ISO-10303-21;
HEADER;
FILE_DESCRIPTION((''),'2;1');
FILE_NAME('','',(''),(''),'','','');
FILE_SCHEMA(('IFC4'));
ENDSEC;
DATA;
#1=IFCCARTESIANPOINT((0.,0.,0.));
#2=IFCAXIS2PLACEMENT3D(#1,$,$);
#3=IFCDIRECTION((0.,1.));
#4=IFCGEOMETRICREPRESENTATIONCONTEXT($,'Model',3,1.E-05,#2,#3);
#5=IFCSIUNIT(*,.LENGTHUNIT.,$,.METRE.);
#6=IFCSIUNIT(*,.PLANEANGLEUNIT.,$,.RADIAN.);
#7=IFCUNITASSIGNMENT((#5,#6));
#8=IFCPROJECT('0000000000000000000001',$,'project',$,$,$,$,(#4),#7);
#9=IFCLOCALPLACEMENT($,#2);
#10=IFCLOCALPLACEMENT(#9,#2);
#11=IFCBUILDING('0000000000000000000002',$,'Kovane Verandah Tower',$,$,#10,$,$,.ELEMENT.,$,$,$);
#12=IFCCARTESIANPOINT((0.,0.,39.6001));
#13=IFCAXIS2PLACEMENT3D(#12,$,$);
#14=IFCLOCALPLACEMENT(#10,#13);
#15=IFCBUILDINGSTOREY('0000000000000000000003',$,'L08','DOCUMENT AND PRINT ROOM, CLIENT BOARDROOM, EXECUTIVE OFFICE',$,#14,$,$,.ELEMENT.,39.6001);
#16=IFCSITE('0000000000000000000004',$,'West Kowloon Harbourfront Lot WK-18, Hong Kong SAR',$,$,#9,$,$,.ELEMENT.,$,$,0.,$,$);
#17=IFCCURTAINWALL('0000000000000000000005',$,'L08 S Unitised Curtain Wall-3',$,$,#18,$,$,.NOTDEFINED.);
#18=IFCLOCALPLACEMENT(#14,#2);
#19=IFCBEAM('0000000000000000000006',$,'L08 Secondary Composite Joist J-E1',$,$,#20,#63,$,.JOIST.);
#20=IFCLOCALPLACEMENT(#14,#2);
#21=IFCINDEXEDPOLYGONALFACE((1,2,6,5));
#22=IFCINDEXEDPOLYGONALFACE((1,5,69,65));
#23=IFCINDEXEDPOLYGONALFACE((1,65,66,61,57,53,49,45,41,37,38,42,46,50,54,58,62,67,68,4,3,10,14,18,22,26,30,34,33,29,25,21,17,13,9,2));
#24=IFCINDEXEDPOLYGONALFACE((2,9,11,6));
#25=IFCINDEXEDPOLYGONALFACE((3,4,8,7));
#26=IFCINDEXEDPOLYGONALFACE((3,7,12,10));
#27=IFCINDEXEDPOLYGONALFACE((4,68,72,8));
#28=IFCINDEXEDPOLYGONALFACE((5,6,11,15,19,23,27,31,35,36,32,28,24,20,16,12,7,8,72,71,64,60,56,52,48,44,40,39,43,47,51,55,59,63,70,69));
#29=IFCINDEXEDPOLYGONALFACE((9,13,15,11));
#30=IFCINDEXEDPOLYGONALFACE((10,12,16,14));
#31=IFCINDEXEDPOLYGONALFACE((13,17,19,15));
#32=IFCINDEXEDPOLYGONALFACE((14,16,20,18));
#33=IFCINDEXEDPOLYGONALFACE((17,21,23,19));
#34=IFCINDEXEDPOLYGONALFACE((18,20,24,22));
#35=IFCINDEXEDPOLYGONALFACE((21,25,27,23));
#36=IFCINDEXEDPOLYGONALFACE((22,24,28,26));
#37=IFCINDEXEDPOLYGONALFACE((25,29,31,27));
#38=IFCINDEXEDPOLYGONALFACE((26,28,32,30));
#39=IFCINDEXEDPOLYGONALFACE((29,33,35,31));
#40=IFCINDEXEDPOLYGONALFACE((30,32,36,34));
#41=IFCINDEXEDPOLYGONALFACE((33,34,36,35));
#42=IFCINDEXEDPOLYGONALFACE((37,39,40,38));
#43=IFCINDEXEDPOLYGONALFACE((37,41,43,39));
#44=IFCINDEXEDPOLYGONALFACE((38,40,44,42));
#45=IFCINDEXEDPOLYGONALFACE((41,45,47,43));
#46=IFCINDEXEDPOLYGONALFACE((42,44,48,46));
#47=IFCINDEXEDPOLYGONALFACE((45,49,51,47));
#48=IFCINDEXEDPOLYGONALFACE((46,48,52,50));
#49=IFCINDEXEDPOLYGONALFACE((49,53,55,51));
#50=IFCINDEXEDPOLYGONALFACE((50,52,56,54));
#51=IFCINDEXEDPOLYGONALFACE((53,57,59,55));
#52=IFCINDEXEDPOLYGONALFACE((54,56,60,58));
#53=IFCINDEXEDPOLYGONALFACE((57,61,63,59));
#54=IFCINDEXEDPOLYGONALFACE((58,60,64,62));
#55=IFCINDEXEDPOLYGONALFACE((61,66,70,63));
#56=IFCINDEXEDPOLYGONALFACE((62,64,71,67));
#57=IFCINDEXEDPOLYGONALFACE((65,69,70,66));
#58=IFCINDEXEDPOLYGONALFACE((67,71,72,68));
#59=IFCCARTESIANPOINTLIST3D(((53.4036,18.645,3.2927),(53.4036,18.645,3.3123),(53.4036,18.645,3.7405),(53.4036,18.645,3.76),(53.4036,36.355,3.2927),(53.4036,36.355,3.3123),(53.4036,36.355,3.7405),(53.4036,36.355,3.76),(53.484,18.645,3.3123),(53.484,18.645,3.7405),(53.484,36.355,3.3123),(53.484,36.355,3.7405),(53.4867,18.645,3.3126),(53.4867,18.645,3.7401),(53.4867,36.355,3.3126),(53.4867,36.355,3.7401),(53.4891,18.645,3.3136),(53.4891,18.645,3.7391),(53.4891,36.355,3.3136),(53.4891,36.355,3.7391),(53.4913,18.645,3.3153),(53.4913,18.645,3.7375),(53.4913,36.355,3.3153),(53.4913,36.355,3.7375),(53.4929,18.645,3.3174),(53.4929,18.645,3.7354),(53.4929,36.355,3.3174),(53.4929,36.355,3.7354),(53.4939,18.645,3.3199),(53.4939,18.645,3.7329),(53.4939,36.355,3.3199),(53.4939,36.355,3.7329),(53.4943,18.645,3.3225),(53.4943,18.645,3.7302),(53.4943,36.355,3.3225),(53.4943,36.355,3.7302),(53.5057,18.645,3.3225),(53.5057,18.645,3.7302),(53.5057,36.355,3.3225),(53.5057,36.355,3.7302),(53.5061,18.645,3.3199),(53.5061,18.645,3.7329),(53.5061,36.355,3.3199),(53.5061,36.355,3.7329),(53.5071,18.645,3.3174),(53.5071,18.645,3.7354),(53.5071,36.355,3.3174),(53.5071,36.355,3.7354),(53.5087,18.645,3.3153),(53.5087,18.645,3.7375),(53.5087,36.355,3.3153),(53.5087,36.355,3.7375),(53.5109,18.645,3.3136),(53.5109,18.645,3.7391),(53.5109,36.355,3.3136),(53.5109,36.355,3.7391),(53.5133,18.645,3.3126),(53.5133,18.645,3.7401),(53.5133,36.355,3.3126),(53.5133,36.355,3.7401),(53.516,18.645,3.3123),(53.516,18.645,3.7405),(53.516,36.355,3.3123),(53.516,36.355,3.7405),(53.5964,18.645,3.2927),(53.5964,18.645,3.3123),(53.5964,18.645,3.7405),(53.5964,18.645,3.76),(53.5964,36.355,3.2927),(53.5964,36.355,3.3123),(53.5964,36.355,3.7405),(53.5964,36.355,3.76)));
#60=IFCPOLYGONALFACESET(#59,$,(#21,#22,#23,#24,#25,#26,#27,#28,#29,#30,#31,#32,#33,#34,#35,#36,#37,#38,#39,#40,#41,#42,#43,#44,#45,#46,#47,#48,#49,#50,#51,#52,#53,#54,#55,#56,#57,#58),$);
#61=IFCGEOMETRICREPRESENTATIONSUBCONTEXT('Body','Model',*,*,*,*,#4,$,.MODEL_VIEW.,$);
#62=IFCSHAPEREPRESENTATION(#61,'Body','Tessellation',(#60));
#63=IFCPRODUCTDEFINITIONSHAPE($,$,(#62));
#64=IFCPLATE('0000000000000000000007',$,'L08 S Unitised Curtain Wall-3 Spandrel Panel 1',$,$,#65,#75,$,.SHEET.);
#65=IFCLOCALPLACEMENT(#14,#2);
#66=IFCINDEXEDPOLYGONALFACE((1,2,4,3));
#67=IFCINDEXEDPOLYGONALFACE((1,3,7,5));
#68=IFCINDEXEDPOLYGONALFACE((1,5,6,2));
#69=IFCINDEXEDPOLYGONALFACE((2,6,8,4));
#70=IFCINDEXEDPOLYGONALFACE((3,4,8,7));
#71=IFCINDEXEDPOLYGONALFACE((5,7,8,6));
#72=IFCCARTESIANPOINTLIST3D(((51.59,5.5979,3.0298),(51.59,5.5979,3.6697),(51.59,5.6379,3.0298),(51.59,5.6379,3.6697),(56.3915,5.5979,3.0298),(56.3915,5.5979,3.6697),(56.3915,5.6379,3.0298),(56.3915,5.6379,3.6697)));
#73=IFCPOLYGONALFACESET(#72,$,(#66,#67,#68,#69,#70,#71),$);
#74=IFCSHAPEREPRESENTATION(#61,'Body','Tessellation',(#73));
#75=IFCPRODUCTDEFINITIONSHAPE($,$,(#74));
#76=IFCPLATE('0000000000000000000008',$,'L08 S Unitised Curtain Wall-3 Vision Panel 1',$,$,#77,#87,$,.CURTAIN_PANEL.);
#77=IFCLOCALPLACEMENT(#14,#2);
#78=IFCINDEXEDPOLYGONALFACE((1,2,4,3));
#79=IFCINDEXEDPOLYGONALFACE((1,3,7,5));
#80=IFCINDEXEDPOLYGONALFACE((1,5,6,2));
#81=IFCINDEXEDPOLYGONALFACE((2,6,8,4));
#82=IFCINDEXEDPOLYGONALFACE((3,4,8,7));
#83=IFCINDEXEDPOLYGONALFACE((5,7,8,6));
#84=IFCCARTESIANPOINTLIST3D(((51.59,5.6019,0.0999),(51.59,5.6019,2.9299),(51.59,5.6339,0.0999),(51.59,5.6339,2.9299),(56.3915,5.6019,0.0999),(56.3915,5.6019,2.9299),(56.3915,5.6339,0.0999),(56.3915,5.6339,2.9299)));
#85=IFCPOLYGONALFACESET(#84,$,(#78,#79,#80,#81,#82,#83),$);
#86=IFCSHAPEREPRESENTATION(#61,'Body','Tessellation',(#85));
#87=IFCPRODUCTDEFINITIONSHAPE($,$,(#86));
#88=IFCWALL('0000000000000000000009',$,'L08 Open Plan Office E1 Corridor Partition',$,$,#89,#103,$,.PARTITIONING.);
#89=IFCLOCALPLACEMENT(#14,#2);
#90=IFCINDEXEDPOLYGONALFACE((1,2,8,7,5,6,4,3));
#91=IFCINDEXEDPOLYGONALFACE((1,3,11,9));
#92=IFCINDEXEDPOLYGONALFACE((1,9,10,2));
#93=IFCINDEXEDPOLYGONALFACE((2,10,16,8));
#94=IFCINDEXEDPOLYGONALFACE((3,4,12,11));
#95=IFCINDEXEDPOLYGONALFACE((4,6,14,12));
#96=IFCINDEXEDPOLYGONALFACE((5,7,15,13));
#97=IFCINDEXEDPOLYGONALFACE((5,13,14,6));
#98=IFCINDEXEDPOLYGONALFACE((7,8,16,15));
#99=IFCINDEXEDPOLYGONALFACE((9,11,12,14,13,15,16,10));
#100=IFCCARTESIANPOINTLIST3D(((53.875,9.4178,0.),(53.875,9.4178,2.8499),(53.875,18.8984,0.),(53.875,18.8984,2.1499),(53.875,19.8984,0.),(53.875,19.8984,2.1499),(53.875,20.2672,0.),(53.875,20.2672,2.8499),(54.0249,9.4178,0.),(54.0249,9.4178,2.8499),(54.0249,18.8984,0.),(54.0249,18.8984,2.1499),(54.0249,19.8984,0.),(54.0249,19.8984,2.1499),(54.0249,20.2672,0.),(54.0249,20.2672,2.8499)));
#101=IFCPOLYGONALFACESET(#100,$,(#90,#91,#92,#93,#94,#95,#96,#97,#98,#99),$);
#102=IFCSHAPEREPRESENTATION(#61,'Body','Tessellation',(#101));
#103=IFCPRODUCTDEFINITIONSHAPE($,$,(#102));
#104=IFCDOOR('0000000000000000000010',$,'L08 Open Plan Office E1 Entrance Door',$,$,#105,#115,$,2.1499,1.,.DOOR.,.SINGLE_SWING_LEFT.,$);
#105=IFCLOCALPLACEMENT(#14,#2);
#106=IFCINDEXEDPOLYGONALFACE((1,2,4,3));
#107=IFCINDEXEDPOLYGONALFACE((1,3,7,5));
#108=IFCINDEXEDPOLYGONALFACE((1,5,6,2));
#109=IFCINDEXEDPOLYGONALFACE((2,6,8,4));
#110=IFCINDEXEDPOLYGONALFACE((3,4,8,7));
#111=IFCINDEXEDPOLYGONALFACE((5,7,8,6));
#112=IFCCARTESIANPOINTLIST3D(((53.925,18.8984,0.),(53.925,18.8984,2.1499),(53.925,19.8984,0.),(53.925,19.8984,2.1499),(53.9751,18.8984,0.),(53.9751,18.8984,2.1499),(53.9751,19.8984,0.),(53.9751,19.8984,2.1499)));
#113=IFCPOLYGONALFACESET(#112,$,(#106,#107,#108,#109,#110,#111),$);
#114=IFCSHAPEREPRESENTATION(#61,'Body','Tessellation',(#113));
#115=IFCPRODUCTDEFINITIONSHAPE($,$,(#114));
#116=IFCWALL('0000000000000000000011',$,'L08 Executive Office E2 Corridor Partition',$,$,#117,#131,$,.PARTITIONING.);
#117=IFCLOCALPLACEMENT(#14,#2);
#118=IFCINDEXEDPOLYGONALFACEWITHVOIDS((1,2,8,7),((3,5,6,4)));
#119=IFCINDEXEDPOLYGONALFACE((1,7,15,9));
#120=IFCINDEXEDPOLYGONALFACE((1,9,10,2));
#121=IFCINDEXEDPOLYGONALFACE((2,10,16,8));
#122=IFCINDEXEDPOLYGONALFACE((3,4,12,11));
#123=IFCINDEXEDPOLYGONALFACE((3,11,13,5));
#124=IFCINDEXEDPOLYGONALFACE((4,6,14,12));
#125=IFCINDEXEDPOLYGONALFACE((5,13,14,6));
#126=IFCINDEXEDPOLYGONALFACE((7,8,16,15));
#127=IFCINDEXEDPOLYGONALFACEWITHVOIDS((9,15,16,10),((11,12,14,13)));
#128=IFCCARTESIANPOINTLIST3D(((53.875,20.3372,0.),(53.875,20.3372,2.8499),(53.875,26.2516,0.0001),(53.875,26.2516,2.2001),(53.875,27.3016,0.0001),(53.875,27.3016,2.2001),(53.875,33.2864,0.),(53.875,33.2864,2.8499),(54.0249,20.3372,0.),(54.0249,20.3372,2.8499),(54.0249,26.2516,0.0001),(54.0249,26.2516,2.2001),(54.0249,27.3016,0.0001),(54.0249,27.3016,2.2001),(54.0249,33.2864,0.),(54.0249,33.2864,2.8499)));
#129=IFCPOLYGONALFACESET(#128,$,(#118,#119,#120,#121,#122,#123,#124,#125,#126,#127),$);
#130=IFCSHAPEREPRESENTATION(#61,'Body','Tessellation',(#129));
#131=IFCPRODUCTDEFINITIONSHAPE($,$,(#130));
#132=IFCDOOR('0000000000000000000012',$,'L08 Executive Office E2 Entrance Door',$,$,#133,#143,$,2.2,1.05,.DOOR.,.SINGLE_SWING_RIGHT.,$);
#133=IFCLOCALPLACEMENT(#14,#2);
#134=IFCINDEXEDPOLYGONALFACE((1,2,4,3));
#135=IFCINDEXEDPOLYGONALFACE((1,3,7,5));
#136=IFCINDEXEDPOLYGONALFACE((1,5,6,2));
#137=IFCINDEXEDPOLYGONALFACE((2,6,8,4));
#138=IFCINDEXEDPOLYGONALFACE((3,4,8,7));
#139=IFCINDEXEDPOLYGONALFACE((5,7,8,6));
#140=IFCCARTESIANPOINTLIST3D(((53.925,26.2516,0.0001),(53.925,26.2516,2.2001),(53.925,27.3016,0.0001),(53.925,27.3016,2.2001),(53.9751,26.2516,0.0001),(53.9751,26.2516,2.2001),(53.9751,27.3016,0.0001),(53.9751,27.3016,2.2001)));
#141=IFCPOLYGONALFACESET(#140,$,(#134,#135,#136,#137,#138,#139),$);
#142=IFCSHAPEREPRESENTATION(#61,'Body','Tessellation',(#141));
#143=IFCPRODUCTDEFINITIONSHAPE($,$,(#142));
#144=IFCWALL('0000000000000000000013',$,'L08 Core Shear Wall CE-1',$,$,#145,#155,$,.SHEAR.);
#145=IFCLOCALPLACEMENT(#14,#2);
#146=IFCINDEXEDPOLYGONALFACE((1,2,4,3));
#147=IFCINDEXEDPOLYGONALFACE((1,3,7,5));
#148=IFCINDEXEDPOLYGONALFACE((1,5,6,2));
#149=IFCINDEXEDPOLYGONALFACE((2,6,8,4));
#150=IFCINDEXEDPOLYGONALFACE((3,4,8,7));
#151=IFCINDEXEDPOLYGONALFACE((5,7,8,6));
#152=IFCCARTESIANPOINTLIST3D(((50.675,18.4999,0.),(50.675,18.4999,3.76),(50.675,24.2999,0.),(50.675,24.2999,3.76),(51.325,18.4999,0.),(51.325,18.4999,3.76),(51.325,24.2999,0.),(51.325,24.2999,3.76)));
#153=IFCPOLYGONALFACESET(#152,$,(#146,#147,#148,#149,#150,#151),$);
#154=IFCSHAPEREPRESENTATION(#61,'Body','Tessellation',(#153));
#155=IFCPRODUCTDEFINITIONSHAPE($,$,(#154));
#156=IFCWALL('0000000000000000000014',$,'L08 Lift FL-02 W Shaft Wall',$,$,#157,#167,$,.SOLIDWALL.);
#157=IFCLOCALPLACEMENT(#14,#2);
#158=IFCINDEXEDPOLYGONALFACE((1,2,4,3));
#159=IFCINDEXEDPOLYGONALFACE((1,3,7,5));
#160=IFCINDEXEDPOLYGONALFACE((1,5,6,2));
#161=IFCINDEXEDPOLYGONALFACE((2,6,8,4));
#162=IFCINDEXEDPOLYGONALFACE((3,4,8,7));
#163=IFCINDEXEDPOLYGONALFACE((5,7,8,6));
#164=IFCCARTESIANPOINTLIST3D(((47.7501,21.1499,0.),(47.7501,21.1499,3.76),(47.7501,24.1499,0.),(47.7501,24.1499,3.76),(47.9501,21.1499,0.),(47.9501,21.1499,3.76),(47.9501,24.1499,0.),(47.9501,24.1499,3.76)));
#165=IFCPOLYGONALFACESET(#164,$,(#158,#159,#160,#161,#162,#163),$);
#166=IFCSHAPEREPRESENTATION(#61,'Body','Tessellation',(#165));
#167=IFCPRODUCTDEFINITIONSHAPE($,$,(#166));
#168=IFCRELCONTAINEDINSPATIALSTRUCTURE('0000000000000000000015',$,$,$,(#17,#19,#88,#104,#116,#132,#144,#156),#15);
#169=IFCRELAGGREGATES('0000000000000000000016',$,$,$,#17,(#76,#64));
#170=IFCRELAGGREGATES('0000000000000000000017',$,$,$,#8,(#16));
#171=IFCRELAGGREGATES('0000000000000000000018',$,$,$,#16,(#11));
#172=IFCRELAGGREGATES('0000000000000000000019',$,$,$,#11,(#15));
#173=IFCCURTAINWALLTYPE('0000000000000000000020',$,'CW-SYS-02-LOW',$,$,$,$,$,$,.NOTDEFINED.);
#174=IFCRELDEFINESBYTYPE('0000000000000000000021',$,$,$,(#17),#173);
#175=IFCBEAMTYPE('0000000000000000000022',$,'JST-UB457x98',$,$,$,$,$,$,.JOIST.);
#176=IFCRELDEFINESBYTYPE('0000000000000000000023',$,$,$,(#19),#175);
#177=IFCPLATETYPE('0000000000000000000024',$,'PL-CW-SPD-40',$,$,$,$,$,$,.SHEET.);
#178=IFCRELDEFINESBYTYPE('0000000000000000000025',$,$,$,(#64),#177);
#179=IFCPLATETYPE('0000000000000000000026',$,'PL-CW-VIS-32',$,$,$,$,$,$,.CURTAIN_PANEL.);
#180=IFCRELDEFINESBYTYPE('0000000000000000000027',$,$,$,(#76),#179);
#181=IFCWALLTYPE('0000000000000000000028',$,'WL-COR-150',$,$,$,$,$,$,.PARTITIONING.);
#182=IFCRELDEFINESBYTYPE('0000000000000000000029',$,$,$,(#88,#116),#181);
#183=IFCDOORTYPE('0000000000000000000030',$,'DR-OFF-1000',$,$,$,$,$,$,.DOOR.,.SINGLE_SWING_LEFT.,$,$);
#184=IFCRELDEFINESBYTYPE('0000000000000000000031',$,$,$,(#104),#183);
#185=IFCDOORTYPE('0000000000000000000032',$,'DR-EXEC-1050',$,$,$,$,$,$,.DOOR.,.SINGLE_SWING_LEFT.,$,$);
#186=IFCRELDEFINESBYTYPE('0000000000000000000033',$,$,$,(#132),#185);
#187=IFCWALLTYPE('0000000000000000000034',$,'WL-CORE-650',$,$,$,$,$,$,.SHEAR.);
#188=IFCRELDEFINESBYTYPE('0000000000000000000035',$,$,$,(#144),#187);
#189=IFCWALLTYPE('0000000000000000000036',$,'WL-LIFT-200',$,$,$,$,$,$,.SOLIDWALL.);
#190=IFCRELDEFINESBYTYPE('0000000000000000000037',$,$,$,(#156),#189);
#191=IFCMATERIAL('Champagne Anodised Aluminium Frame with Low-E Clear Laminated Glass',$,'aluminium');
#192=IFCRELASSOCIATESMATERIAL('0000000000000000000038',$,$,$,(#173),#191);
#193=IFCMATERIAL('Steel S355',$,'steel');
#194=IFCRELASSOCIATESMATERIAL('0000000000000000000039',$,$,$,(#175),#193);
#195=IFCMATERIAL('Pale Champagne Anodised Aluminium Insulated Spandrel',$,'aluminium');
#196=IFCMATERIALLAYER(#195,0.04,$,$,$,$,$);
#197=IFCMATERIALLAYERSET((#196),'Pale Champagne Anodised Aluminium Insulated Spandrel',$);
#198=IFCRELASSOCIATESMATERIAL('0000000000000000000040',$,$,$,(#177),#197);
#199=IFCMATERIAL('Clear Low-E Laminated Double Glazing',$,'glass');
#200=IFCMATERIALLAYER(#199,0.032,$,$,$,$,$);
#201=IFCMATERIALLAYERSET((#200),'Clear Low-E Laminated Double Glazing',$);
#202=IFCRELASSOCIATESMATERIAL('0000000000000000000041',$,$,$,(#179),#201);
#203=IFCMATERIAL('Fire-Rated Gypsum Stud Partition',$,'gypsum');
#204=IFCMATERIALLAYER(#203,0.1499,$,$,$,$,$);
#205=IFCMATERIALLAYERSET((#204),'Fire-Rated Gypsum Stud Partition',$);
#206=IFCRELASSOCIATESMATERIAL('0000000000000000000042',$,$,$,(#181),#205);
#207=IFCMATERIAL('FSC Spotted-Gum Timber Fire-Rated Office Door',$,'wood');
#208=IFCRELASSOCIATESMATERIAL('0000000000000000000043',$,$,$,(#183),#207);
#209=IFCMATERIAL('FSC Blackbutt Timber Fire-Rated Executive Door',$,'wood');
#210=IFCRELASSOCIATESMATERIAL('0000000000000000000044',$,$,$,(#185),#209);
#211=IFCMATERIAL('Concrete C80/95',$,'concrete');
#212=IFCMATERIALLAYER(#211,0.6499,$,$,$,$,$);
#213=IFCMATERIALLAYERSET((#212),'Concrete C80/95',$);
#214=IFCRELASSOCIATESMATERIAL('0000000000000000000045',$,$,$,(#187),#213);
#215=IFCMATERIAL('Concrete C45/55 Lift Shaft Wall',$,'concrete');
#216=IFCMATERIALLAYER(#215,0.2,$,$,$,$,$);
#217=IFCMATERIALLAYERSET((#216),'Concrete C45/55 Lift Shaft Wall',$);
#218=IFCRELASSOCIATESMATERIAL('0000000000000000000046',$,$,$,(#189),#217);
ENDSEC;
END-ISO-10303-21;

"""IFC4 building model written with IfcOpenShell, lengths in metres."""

from ifc_helpers import new_model, si_unit, direction, frame, frame_2d, origin, origin_2d, place, context, subcontext, project, spatial, rectangle, i_section, extrude, material, layer, layer_set, material_profile, profile_set, type_object, element, fill, aggregate, save


model = new_model("IFC4")

# Units and contexts
model_context = context("Model", 3, precision=1e-05, world=origin(), true_north=direction((0.0, 1.0)))
body_context = subcontext(model_context, "Body", "Model", "MODEL_VIEW")
ifc_project = project(units=[si_unit("LENGTHUNIT", "METRE"), si_unit("PLANEANGLEUNIT", "RADIAN")], contexts=[model_context])

# Site, building, storey
site_placement = place(None, origin())
site = spatial("IfcSite", under=ifc_project, at=site_placement, Name="West Kowloon Harbourfront Lot WK-18, Hong Kong SAR", CompositionType="ELEMENT", RefElevation=0.0)
building_placement = place(site_placement, origin())
building = spatial("IfcBuilding", under=site, at=building_placement, Name="Kovane Verandah Tower", CompositionType="ELEMENT")
storey_placement = place(building_placement, frame((0.0, 0.0, 39.6001)))
storey = spatial("IfcBuildingStorey", under=building, at=storey_placement, Name="L08", Description="DOCUMENT AND PRINT ROOM, CLIENT BOARDROOM, EXECUTIVE OFFICE", CompositionType="ELEMENT", Elevation=39.6001)

# Shared definitions
ifc_material_1 = material(Name="Concrete C80/95", Category="concrete")

# Shared definitions
ifc_material_2 = material(Name="Steel S355", Category="steel")

# Shared definitions
ifc_material_3 = material(Name="Champagne Anodised Aluminium Frame with Low-E Clear Laminated Glass", Category="aluminium")
curtain_wall_type = type_object("IfcCurtainWallType", Name="CW-SYS-02-LOW", PredefinedType="NOTDEFINED", material=ifc_material_3)

# Curtain wall
curtain_wall_1_placement = place(storey_placement, origin())
curtain_wall_1 = element("IfcCurtainWall", 1, at=curtain_wall_1_placement, inside=storey, type_object=curtain_wall_type, Name="L08 S Unitised Curtain Wall-3", PredefinedType="NOTDEFINED")

# Beam
ifc_material_profile_1 = material_profile(ifc_material_2, i_section(OverallWidth=0.1929, OverallDepth=0.4673, WebThickness=0.0115, FlangeThickness=0.0195, FilletRadius=0.0103, at=origin_2d()), Name="UB457x191x98")
ifc_profile_set_1 = profile_set([ifc_material_profile_1], Name="Steel S355")
beam_type_1 = type_object("IfcBeamType", Name="JST-UB457x98", PredefinedType="JOIST", material=ifc_profile_set_1)
beam_1_placement = place(storey_placement, frame((53.5, 18.645, 3.5264), z_axis=(0.0, 1.0, 0.0), x_axis=(-1.0, 0.0, 0.0)))
element("IfcBeam", 2, at=beam_1_placement, inside=storey, type_object=beam_type_1, Name="L08 Secondary Composite Joist J-E1", PredefinedType="JOIST", context=body_context, shape_type="SweptSolid", body=[
    extrude(i_section(OverallWidth=0.1929, OverallDepth=0.4673, WebThickness=0.0115, FlangeThickness=0.0195, FilletRadius=0.0103, at=origin_2d()), origin(), (0.0, 0.0, 1.0), 17.71),
])

# Plates
ifc_material_4 = material(Name="Pale Champagne Anodised Aluminium Insulated Spandrel", Category="aluminium")
ifc_layer_1 = layer(ifc_material_4, 0.04)
ifc_layer_set_1 = layer_set([ifc_layer_1], Name="Pale Champagne Anodised Aluminium Insulated Spandrel")
plate_type_1 = type_object("IfcPlateType", Name="PL-CW-SPD-40", PredefinedType="SHEET", material=ifc_layer_set_1)
plate_1_placement = place(storey_placement, frame((53.9907, 5.6179, 3.0298), z_axis=(0.0, 0.0, 1.0), x_axis=(1.0, 0.0, 0.0)))
plate_1 = element("IfcPlate", 3, at=plate_1_placement, type_object=plate_type_1, Name="L08 S Unitised Curtain Wall-3 Spandrel Panel 1", PredefinedType="SHEET", context=body_context, shape_type="SweptSolid", body=[
    extrude(rectangle(XDim=4.8015, YDim=0.04, at=origin_2d()), origin(), (0.0, 0.0, 1.0), 0.6399),
])
ifc_material_5 = material(Name="Clear Low-E Laminated Double Glazing", Category="glass")
ifc_layer_2 = layer(ifc_material_5, 0.032)
ifc_layer_set_2 = layer_set([ifc_layer_2], Name="Clear Low-E Laminated Double Glazing")
plate_type_2 = type_object("IfcPlateType", Name="PL-CW-VIS-32", PredefinedType="CURTAIN_PANEL", material=ifc_layer_set_2)
plate_2_placement = place(storey_placement, frame((53.9907, 5.6179, 0.0999), z_axis=(0.0, 0.0, 1.0), x_axis=(1.0, 0.0, 0.0)))
plate_2 = element("IfcPlate", 4, at=plate_2_placement, type_object=plate_type_2, Name="L08 S Unitised Curtain Wall-3 Vision Panel 1", PredefinedType="CURTAIN_PANEL", context=body_context, shape_type="SweptSolid", body=[
    extrude(rectangle(XDim=4.8015, YDim=0.032, at=origin_2d()), origin(), (0.0, 0.0, 1.0), 2.8301),
])
aggregate(curtain_wall_1, [plate_2, plate_1])

# Walls, openings, doors
ifc_material_6 = material(Name="Fire-Rated Gypsum Stud Partition", Category="gypsum")
ifc_layer_3 = layer(ifc_material_6, 0.1499)
ifc_layer_set_3 = layer_set([ifc_layer_3], Name="Fire-Rated Gypsum Stud Partition")
wall_type_1 = type_object("IfcWallType", Name="WL-COR-150", PredefinedType="PARTITIONING", material=ifc_layer_set_3)
wall_1_placement = place(storey_placement, frame((53.95, 9.4177, 0.0), z_axis=(0.0, 0.0, 1.0), x_axis=(0.0, 1.0, 0.0)))
wall_1 = element("IfcWall", 5, at=wall_1_placement, inside=storey, type_object=wall_type_1, Name="L08 Open Plan Office E1 Corridor Partition", PredefinedType="PARTITIONING", context=body_context, shape_type="SweptSolid", body=[
    extrude(rectangle(XDim=10.8494, YDim=0.1499, at=frame_2d((5.4248, 0.0))), origin(), (0.0, 0.0, 1.0), 2.8499),
])
opening_1_placement = place(wall_1_placement, frame((9.4807, 0.0, 0.0)))
opening_1 = element("IfcOpeningElement", 6, at=opening_1_placement, cuts=wall_1, PredefinedType="OPENING", context=body_context, shape_type="SweptSolid", body=[
    extrude(rectangle(XDim=1.0, YDim=2.1499, at=frame_2d((0.5, 1.075))), frame((0.0, 0.075, 0.0), z_axis=(0.0, -1.0, 0.0), x_axis=(1.0, 0.0, 0.0)), (0.0, 0.0, 1.0), 0.1499),
])
ifc_material_7 = material(Name="FSC Spotted-Gum Timber Fire-Rated Office Door", Category="wood")
door_type_1 = type_object("IfcDoorType", Name="DR-OFF-1000", OperationType="SINGLE_SWING_LEFT", PredefinedType="DOOR", material=ifc_material_7)
door_1_placement = place(opening_1_placement, origin())
door_1 = element("IfcDoor", 7, at=door_1_placement, inside=storey, type_object=door_type_1, Name="L08 Open Plan Office E1 Entrance Door", OperationType="SINGLE_SWING_LEFT", OverallHeight=2.1499, OverallWidth=1.0, PredefinedType="DOOR", context=body_context, shape_type="SweptSolid", body=[
    extrude(rectangle(XDim=1.0, YDim=2.1499, at=frame_2d((0.5, 1.075))), frame((0.0, 0.0249, 0.0), z_axis=(0.0, -1.0, 0.0), x_axis=(1.0, 0.0, 0.0)), (0.0, 0.0, 1.0), 0.05),
])
fill(opening_1, door_1)
wall_2_placement = place(storey_placement, frame((53.95, 20.3372, 0.0), z_axis=(0.0, 0.0, 1.0), x_axis=(0.0, 1.0, 0.0)))
wall_2 = element("IfcWall", 8, at=wall_2_placement, inside=storey, type_object=wall_type_1, Name="L08 Executive Office E2 Corridor Partition", PredefinedType="PARTITIONING", context=body_context, shape_type="SweptSolid", body=[
    extrude(rectangle(XDim=12.9492, YDim=0.1499, at=frame_2d((6.4746, 0.0))), origin(), (0.0, 0.0, 1.0), 2.8499),
])
opening_2_placement = place(wall_2_placement, frame((5.9146, 0.0, 0.0)))
opening_2 = element("IfcOpeningElement", 9, at=opening_2_placement, cuts=wall_2, PredefinedType="OPENING", context=body_context, shape_type="SweptSolid", body=[
    extrude(rectangle(XDim=1.05, YDim=2.2, at=frame_2d((0.5249, 1.1001))), frame((0.0, 0.075, 0.0), z_axis=(0.0, -1.0, 0.0), x_axis=(1.0, 0.0, 0.0)), (0.0, 0.0, 1.0), 0.1499),
])
ifc_material_8 = material(Name="FSC Blackbutt Timber Fire-Rated Executive Door", Category="wood")
door_type_2 = type_object("IfcDoorType", Name="DR-EXEC-1050", OperationType="SINGLE_SWING_LEFT", PredefinedType="DOOR", material=ifc_material_8)
door_2_placement = place(opening_2_placement, origin())
door_2 = element("IfcDoor", 10, at=door_2_placement, inside=storey, type_object=door_type_2, Name="L08 Executive Office E2 Entrance Door", OperationType="SINGLE_SWING_RIGHT", OverallHeight=2.2, OverallWidth=1.05, PredefinedType="DOOR", context=body_context, shape_type="SweptSolid", body=[
    extrude(rectangle(XDim=1.05, YDim=2.2, at=frame_2d((0.5249, 1.1001))), frame((0.0, 0.0249, 0.0), z_axis=(0.0, -1.0, 0.0), x_axis=(1.0, 0.0, 0.0)), (0.0, 0.0, 1.0), 0.05),
])
fill(opening_2, door_2)

# Wall
ifc_layer_4 = layer(ifc_material_1, 0.6499)
ifc_layer_set_4 = layer_set([ifc_layer_4], Name="Concrete C80/95")
wall_type_2 = type_object("IfcWallType", Name="WL-CORE-650", PredefinedType="SHEAR", material=ifc_layer_set_4)
wall_3_placement = place(storey_placement, frame((51.0, 18.5, 0.0), z_axis=(0.0, 0.0, 1.0), x_axis=(0.0, 1.0, 0.0)))
element("IfcWall", 11, at=wall_3_placement, inside=storey, type_object=wall_type_2, Name="L08 Core Shear Wall CE-1", PredefinedType="SHEAR", context=body_context, shape_type="SweptSolid", body=[
    extrude(rectangle(XDim=5.8, YDim=0.6499, at=frame_2d((2.8999, 0.0))), origin(), (0.0, 0.0, 1.0), 3.76),
])

# Shared definitions
ifc_material_9 = material(Name="Concrete C45/55 Lift Shaft Wall", Category="concrete")
ifc_layer_5 = layer(ifc_material_9, 0.2)
ifc_layer_set_5 = layer_set([ifc_layer_5], Name="Concrete C45/55 Lift Shaft Wall")
wall_type_3 = type_object("IfcWallType", Name="WL-LIFT-200", PredefinedType="SOLIDWALL", material=ifc_layer_set_5)

# Wall
wall_4_placement = place(storey_placement, frame((47.8501, 24.1499, 0.0), z_axis=(0.0, 0.0, 1.0), x_axis=(0.0, -1.0, 0.0)))
element("IfcWall", 12, at=wall_4_placement, inside=storey, type_object=wall_type_3, Name="L08 Lift FL-02 W Shaft Wall", PredefinedType="SOLIDWALL", context=body_context, shape_type="SweptSolid", body=[
    extrude(rectangle(XDim=3.0, YDim=0.2, at=frame_2d((1.5, 0.0))), origin(), (0.0, 0.0, 1.0), 3.76),
])

save(model, "model.ifc")
